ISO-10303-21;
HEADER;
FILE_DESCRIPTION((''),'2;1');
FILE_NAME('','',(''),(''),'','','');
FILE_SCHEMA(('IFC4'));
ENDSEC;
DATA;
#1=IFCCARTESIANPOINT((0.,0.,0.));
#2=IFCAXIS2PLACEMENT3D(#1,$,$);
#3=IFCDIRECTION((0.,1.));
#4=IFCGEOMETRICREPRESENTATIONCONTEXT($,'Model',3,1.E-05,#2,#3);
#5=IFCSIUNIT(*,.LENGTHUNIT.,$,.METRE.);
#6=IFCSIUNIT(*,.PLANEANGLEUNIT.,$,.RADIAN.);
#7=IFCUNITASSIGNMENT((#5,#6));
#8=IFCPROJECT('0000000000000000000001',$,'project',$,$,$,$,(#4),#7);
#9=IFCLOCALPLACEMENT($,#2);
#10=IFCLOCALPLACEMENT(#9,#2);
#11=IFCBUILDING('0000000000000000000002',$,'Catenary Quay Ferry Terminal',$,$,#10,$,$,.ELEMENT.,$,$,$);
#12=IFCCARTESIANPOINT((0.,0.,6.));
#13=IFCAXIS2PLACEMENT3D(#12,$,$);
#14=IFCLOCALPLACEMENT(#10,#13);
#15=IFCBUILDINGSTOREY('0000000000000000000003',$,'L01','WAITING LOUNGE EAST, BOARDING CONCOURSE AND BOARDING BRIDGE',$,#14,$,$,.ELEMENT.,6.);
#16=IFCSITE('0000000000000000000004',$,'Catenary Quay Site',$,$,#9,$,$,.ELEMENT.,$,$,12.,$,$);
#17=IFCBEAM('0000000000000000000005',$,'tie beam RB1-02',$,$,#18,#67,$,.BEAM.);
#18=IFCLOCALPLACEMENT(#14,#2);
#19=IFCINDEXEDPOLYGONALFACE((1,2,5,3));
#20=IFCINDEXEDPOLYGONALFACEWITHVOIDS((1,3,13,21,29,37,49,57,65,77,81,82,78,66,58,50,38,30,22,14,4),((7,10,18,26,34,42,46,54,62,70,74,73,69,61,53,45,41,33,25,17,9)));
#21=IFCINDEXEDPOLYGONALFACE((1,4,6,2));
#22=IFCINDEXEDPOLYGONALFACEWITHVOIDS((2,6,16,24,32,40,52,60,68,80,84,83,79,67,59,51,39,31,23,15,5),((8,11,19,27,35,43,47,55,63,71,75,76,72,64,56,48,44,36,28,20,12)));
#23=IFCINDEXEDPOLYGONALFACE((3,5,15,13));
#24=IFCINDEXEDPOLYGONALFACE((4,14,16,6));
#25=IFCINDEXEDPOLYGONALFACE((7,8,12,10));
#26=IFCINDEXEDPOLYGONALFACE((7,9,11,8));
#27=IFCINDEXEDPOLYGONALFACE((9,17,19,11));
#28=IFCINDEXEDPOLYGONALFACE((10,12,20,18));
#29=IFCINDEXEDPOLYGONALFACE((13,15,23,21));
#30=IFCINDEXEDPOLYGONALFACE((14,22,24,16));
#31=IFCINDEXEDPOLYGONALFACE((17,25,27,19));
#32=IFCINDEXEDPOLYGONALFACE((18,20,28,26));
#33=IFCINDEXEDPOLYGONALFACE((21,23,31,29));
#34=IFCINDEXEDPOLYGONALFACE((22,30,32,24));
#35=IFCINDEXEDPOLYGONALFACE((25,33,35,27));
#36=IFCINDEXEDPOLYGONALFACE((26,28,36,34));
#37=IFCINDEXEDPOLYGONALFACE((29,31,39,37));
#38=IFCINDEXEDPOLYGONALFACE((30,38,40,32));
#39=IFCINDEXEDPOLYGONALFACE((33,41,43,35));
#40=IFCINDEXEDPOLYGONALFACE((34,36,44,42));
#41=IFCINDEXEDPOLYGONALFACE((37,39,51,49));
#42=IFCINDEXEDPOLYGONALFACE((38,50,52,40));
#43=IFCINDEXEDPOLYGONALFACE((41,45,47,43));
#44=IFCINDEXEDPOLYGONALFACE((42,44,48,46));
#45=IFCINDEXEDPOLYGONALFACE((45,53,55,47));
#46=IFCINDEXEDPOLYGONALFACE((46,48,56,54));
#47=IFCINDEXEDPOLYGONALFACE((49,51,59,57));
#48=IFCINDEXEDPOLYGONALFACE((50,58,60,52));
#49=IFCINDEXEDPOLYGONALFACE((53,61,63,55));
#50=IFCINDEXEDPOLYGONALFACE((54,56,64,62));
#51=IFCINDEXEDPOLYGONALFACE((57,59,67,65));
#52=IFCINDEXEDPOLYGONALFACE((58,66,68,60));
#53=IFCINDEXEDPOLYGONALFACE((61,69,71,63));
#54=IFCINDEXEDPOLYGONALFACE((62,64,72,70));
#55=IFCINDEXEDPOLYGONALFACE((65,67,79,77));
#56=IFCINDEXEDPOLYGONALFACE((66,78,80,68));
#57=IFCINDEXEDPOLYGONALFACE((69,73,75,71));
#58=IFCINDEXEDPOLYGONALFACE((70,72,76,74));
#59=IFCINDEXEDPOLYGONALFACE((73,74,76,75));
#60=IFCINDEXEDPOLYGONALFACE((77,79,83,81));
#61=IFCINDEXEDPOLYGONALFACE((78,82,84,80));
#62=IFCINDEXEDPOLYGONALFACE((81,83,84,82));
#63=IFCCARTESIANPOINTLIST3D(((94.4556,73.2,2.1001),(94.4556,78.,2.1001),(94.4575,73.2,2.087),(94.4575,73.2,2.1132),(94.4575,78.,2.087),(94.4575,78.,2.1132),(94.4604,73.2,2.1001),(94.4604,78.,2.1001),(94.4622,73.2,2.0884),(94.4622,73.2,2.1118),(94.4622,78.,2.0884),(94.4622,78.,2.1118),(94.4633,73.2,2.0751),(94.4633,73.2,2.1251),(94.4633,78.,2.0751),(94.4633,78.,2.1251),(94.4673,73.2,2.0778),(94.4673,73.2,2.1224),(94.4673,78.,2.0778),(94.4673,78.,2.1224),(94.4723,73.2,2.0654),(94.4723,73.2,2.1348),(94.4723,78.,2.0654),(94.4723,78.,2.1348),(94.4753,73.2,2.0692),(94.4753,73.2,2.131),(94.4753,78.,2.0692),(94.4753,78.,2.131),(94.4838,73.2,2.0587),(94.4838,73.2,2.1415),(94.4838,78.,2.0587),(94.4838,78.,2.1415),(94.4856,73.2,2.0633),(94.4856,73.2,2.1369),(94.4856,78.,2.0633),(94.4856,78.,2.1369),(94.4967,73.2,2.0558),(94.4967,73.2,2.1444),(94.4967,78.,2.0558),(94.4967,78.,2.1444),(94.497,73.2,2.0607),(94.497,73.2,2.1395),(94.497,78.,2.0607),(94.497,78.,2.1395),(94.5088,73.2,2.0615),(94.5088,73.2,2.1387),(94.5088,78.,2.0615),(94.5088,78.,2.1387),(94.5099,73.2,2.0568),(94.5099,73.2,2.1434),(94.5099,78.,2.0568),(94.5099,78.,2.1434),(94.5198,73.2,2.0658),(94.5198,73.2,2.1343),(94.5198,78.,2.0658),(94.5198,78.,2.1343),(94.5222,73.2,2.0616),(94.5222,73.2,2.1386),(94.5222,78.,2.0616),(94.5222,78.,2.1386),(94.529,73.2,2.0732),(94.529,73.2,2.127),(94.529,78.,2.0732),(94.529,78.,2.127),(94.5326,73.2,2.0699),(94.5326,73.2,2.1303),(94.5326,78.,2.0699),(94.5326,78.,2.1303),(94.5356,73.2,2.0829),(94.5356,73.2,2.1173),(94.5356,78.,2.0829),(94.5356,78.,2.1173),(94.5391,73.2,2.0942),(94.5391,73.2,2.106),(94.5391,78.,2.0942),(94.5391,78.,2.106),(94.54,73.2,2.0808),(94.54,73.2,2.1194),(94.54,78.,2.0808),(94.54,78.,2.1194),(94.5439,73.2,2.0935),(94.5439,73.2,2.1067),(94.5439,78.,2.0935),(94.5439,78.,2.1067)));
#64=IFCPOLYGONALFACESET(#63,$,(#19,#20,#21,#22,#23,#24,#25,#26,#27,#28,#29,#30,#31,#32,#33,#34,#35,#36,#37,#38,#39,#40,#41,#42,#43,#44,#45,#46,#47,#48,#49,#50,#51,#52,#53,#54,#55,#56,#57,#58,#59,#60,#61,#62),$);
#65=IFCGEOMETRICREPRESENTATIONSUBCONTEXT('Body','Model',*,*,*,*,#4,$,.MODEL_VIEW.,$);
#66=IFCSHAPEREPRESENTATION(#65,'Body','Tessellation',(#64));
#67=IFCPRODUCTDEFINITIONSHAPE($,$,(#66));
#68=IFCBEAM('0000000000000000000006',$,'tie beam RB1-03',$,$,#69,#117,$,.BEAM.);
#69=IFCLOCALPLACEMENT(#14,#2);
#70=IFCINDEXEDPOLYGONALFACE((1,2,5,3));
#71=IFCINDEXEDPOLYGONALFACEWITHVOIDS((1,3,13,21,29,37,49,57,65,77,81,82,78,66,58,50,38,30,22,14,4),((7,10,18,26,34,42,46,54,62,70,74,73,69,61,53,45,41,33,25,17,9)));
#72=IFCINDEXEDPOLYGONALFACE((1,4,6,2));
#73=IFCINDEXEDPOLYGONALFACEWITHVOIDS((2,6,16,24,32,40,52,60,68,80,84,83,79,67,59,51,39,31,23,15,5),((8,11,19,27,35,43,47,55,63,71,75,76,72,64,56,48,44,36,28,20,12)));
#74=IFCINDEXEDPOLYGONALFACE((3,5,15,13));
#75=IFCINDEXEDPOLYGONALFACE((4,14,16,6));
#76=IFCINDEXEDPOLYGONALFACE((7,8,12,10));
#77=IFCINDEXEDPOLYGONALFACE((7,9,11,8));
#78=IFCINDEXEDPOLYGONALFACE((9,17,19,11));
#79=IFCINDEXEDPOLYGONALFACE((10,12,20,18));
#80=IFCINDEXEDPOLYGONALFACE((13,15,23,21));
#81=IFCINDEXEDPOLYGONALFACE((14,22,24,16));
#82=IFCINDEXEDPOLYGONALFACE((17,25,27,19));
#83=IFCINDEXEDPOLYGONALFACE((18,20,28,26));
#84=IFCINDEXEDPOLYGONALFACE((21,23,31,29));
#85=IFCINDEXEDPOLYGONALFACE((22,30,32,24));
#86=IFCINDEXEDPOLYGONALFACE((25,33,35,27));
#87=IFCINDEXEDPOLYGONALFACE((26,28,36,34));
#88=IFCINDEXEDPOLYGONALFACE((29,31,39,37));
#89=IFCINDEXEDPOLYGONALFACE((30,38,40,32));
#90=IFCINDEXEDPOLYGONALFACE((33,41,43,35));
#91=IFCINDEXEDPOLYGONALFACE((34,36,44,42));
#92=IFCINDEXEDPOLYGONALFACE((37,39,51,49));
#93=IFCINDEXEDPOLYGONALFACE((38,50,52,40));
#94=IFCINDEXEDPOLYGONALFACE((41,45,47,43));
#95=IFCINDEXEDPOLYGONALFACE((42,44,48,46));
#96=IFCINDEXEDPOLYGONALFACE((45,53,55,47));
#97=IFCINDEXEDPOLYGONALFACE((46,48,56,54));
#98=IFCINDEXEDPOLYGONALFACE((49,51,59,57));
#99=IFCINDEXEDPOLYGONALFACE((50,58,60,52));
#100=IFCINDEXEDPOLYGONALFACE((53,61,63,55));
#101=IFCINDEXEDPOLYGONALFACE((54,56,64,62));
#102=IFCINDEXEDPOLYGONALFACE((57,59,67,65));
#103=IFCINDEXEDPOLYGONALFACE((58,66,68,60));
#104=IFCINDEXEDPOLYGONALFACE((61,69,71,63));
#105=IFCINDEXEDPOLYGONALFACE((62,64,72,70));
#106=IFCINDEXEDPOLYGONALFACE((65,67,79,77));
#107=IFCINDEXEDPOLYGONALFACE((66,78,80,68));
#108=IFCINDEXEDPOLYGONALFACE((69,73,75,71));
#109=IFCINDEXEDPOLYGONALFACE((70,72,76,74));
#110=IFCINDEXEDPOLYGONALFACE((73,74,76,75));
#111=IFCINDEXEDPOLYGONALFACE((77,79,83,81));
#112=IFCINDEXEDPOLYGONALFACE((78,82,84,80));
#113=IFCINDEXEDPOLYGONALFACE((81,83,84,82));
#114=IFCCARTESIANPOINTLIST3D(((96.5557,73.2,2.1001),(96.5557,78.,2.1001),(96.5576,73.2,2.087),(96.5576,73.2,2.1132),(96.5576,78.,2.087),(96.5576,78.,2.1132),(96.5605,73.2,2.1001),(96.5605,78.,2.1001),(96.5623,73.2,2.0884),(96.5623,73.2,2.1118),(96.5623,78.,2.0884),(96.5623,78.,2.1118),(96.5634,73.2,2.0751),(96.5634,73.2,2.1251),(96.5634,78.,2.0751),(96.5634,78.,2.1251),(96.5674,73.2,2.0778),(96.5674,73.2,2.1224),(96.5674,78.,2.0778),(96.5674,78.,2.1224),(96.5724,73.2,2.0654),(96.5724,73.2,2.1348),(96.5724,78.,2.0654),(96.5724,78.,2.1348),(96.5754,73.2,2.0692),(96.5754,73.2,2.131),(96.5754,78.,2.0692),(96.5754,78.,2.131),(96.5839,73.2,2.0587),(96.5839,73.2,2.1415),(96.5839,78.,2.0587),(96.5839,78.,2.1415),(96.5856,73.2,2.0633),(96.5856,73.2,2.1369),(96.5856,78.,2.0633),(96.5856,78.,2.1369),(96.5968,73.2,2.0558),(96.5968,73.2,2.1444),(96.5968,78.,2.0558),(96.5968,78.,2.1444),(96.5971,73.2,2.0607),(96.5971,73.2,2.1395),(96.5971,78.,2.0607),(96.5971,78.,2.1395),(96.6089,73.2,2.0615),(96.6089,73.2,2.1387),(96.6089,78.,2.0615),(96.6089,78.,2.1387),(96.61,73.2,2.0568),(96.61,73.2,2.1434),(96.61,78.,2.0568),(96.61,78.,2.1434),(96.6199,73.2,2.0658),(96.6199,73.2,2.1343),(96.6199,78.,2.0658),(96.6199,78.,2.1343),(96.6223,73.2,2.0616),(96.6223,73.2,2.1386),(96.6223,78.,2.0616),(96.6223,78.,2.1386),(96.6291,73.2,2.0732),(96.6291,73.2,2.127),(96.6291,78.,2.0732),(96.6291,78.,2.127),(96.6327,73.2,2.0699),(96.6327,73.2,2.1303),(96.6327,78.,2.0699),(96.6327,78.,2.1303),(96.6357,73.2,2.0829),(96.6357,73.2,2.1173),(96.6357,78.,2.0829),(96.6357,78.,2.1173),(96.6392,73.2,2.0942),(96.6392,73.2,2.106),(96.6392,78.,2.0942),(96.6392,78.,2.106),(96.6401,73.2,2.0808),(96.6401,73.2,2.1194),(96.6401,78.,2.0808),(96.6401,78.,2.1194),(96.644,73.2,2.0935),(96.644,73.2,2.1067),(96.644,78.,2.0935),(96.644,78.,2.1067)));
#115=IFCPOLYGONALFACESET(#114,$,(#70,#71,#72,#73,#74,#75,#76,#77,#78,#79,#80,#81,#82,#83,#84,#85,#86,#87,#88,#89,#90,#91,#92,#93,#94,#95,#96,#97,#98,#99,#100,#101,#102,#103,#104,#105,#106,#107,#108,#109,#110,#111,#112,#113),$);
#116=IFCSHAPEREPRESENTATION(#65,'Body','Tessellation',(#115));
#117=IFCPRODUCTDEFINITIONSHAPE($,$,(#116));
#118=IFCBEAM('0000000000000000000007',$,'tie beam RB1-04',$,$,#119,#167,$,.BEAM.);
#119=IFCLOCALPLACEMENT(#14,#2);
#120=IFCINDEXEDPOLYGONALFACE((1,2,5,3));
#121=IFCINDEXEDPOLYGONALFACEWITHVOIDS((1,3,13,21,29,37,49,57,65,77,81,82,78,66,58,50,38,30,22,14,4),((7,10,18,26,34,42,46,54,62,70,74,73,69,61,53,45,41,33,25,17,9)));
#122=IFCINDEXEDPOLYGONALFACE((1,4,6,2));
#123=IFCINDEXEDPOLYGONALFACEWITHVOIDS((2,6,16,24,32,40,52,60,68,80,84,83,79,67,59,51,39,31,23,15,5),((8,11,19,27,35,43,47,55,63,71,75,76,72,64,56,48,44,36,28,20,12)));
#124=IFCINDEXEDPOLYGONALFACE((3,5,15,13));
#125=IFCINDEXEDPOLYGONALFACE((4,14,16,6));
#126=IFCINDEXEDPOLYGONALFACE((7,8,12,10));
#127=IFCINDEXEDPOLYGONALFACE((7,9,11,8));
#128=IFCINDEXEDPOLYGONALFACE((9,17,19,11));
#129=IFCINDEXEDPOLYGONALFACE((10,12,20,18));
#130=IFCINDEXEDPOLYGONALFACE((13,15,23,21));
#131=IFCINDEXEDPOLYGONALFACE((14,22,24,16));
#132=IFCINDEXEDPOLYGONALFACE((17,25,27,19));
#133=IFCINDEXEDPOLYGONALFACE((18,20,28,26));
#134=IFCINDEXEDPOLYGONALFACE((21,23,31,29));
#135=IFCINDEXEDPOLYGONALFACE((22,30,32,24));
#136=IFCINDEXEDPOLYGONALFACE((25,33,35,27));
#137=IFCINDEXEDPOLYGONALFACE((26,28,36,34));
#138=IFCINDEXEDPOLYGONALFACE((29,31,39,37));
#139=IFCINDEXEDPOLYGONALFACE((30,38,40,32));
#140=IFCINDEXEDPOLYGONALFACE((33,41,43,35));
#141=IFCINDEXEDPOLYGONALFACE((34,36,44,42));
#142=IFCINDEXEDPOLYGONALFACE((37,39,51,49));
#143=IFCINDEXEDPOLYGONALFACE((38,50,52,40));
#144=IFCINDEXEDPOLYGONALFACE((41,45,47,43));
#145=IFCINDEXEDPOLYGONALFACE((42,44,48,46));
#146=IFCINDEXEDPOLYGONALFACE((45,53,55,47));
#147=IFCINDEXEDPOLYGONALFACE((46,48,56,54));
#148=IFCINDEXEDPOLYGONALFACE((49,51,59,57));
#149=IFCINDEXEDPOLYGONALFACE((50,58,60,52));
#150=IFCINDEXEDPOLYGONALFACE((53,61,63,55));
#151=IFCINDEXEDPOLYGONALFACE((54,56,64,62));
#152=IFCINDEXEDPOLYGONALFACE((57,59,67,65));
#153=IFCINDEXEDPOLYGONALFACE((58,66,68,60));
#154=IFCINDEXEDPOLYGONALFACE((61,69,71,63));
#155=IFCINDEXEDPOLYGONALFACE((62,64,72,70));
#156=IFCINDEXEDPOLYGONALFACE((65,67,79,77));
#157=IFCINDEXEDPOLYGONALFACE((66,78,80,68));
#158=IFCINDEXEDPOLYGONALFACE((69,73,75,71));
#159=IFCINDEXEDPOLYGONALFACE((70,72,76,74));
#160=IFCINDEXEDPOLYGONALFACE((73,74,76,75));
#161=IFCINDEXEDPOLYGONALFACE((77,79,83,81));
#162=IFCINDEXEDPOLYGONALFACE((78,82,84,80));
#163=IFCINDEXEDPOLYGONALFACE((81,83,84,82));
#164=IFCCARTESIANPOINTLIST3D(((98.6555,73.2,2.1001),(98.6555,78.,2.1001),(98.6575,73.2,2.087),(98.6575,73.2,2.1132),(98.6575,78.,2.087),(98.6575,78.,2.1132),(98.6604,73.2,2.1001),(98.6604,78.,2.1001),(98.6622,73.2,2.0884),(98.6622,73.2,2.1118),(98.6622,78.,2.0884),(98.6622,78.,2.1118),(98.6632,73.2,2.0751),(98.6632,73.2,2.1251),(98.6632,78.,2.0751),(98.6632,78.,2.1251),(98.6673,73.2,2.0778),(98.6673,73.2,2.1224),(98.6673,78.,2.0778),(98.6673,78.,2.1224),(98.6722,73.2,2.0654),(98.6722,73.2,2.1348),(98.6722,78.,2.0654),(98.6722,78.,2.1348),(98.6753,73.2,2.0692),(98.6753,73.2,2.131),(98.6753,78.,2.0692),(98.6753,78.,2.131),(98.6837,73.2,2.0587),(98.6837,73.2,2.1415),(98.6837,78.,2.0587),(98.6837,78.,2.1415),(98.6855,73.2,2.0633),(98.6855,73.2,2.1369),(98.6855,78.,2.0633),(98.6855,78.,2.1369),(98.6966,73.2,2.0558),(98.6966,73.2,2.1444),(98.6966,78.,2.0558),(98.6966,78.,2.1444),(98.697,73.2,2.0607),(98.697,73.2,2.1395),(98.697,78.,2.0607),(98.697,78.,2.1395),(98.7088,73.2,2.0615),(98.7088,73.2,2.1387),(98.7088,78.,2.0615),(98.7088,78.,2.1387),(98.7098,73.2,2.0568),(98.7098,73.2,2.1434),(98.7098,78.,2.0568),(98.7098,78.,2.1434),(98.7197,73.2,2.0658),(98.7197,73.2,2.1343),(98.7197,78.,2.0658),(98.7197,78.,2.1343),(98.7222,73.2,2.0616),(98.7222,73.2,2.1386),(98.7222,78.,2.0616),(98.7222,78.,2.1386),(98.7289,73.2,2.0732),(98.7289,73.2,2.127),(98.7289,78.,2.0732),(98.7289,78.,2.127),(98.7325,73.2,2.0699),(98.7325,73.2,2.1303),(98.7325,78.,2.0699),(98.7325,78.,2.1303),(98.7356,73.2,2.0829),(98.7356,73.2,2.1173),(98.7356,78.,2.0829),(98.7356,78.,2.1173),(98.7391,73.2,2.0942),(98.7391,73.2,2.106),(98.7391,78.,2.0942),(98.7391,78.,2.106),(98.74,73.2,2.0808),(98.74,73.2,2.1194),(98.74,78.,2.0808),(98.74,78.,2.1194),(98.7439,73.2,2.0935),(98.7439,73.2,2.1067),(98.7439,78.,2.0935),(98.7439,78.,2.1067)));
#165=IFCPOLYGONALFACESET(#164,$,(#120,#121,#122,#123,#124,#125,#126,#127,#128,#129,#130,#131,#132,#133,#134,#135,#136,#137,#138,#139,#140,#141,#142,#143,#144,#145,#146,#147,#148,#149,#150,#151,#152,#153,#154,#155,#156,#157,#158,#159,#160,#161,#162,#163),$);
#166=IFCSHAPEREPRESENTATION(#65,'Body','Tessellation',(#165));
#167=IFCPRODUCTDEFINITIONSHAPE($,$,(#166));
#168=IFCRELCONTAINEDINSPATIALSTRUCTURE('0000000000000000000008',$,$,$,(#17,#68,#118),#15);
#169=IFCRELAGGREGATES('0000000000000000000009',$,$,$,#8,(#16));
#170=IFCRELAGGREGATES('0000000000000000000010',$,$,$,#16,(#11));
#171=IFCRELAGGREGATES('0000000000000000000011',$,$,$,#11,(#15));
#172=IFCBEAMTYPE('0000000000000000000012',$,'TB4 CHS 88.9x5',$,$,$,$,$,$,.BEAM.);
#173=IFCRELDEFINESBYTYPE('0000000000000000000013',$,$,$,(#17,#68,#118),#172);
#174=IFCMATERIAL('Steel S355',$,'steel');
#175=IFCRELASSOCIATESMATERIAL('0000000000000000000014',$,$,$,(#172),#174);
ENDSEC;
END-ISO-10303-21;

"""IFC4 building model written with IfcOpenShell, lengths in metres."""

from ifc_helpers import new_model, si_unit, direction, frame, origin, origin_2d, place, context, subcontext, project, spatial, hollow_circle, extrude, material, material_profile, profile_set, type_object, element, save


model = new_model("IFC4")

# Units and contexts
model_context = context("Model", 3, precision=1e-05, world=origin(), true_north=direction((0.0, 1.0)))
body_context = subcontext(model_context, "Body", "Model", "MODEL_VIEW")
ifc_project = project(units=[si_unit("LENGTHUNIT", "METRE"), si_unit("PLANEANGLEUNIT", "RADIAN")], contexts=[model_context])

# Site, building, storey
site_placement = place(None, origin())
site = spatial("IfcSite", under=ifc_project, at=site_placement, Name="Catenary Quay Site", CompositionType="ELEMENT", RefElevation=12.0)
building_placement = place(site_placement, origin())
building = spatial("IfcBuilding", under=site, at=building_placement, Name="Catenary Quay Ferry Terminal", CompositionType="ELEMENT")
storey_placement = place(building_placement, frame((0.0, 0.0, 6.0)))
storey = spatial("IfcBuildingStorey", under=building, at=storey_placement, Name="L01", Description="WAITING LOUNGE EAST, BOARDING CONCOURSE AND BOARDING BRIDGE", CompositionType="ELEMENT", Elevation=6.0)

# Beams
ifc_material_1 = material(Name="Steel S355", Category="steel")
ifc_material_profile_1 = material_profile(ifc_material_1, hollow_circle(Radius=0.0444, WallThickness=0.0049, at=origin_2d()), Name="CHS 88.9x5")
ifc_profile_set_1 = profile_set([ifc_material_profile_1], Name="Steel S355")
beam_type_1 = type_object("IfcBeamType", Name="TB4 CHS 88.9x5", PredefinedType="BEAM", material=ifc_profile_set_1)
for number, where, z_axis, x_axis, name in (
    (1, (94.5, 73.2, 2.1001), (0.0, 1.0, 0.0), (-1.0, 0.0, 0.0), "tie beam RB1-02"),
    (2, (96.6001, 73.2, 2.1001), (0.0, 1.0, 0.0), (-1.0, 0.0, 0.0), "tie beam RB1-03"),
    (3, (98.7, 73.2, 2.1001), (0.0, 1.0, 0.0), (-1.0, 0.0, 0.0), "tie beam RB1-04"),
):
    element("IfcBeam", number, at=place(storey_placement, frame(where, z_axis=z_axis, x_axis=x_axis)), inside=storey, type_object=beam_type_1, Name=name, PredefinedType="BEAM", context=body_context, shape_type="SweptSolid", body=[
        extrude(hollow_circle(Radius=0.0444, WallThickness=0.0049, at=origin_2d()), origin(), (0.0, 0.0, 1.0), 4.8),
    ])

save(model, "model.ifc")
